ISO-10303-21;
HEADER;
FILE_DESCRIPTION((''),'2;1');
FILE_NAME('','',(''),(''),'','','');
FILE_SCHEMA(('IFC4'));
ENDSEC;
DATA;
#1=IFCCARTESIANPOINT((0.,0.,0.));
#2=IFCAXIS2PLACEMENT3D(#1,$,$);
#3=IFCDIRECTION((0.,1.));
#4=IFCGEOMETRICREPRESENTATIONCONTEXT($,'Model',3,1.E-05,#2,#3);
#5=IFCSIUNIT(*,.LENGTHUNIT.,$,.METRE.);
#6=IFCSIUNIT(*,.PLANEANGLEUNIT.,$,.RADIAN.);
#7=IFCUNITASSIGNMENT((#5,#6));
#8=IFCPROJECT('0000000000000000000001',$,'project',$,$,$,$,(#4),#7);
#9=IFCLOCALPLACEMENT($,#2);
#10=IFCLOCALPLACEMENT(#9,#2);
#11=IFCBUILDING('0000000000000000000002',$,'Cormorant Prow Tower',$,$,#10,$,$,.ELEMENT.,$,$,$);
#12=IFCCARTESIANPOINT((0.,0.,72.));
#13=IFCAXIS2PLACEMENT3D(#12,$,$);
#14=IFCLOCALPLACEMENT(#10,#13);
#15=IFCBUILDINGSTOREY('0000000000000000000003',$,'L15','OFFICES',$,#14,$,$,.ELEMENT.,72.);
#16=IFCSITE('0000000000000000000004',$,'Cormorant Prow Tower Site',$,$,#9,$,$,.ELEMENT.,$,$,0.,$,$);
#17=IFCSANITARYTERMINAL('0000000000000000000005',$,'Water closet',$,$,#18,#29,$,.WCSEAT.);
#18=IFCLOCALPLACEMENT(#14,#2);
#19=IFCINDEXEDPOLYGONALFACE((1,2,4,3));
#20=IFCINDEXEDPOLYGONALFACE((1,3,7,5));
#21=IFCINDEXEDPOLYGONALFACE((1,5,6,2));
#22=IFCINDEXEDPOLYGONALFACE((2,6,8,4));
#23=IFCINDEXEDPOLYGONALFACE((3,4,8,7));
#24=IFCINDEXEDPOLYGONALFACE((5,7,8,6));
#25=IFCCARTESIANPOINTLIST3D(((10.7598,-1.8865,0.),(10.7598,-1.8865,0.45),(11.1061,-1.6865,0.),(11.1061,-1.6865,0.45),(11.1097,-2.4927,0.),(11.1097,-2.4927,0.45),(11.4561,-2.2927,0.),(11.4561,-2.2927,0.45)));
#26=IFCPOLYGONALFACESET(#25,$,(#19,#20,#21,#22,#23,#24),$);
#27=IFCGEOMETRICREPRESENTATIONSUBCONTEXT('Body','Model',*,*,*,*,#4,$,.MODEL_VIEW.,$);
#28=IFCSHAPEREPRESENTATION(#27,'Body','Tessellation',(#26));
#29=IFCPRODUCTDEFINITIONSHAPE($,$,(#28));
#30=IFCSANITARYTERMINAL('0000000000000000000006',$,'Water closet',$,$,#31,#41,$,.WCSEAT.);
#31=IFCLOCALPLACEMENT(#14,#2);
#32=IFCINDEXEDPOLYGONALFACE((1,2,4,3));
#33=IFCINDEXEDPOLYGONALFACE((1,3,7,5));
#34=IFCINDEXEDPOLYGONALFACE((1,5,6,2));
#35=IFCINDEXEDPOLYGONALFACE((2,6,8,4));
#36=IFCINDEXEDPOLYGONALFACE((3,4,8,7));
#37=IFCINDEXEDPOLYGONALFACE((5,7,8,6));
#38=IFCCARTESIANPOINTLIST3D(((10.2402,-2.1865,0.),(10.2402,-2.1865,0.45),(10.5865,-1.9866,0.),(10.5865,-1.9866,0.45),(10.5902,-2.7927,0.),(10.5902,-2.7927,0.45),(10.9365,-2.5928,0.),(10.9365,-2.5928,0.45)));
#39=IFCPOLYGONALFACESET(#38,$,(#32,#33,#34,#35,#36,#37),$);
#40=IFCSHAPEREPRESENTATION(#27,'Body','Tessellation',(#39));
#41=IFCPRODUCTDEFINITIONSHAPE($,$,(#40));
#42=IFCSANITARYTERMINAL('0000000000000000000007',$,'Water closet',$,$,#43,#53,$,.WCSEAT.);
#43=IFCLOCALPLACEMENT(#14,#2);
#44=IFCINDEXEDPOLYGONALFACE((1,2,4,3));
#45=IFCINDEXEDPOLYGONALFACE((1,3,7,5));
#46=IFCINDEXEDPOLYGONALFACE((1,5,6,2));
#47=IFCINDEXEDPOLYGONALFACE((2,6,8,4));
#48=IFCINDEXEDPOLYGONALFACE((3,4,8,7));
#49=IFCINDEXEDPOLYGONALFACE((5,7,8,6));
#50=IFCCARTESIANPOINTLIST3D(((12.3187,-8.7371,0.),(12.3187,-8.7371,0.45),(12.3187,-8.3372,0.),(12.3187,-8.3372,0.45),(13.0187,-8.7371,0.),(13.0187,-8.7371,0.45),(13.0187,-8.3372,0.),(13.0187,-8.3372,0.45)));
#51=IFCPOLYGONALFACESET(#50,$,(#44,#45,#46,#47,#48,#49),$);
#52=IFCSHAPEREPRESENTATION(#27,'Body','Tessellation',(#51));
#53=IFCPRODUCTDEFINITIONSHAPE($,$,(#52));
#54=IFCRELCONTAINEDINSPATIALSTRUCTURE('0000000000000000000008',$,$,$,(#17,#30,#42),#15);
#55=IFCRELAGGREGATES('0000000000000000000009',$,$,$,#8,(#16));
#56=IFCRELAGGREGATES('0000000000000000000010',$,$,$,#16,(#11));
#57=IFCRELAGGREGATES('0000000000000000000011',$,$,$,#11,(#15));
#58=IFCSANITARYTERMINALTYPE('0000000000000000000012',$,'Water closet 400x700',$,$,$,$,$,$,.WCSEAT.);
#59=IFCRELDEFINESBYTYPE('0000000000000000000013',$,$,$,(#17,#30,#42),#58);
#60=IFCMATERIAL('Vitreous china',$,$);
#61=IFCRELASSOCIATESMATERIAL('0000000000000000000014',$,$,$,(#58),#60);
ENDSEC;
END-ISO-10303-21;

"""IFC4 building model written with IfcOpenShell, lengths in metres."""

from ifc_helpers import new_model, si_unit, direction, frame, origin, origin_2d, place, context, subcontext, project, spatial, rectangle, extrude, material, type_object, element, save


model = new_model("IFC4")

# Units and contexts
model_context = context("Model", 3, precision=1e-05, world=origin(), true_north=direction((0.0, 1.0)))
body_context = subcontext(model_context, "Body", "Model", "MODEL_VIEW")
ifc_project = project(units=[si_unit("LENGTHUNIT", "METRE"), si_unit("PLANEANGLEUNIT", "RADIAN")], contexts=[model_context])

# Site, building, storey
site_placement = place(None, origin())
site = spatial("IfcSite", under=ifc_project, at=site_placement, Name="Cormorant Prow Tower Site", CompositionType="ELEMENT", RefElevation=0.0)
building_placement = place(site_placement, origin())
building = spatial("IfcBuilding", under=site, at=building_placement, Name="Cormorant Prow Tower", CompositionType="ELEMENT")
storey_placement = place(building_placement, frame((0.0, 0.0, 72.0)))
storey = spatial("IfcBuildingStorey", under=building, at=storey_placement, Name="L15", Description="OFFICES", CompositionType="ELEMENT", Elevation=72.0)

# Sanitary terminals
ifc_material_1 = material(Name="Vitreous china")
sanitary_terminal_type_1 = type_object("IfcSanitaryTerminalType", Name="Water closet 400x700", PredefinedType="WCSEAT", material=ifc_material_1)
for number, where, z_axis, x_axis, name in (
    (1, (11.1079, -2.0896, 0.0), (0.0, 0.0, 1.0), (-0.866017, -0.500015, 0.0), "Water closet"),
    (2, (10.5884, -2.3896, 0.0), (0.0, 0.0, 1.0), (-0.866017, -0.500015, 0.0), "Water closet"),
    (3, (12.6687, -8.5371, 0.0), (0.0, 0.0, 1.0), (0.0, -1.0, 0.0), "Water closet"),
):
    element("IfcSanitaryTerminal", number, at=place(storey_placement, frame(where, z_axis=z_axis, x_axis=x_axis)), inside=storey, type_object=sanitary_terminal_type_1, Name=name, PredefinedType="WCSEAT", context=body_context, shape_type="SweptSolid", body=[
        extrude(rectangle(XDim=0.3999, YDim=0.7, at=origin_2d()), origin(), (0.0, 0.0, 1.0), 0.45),
    ])

save(model, "model.ifc")
